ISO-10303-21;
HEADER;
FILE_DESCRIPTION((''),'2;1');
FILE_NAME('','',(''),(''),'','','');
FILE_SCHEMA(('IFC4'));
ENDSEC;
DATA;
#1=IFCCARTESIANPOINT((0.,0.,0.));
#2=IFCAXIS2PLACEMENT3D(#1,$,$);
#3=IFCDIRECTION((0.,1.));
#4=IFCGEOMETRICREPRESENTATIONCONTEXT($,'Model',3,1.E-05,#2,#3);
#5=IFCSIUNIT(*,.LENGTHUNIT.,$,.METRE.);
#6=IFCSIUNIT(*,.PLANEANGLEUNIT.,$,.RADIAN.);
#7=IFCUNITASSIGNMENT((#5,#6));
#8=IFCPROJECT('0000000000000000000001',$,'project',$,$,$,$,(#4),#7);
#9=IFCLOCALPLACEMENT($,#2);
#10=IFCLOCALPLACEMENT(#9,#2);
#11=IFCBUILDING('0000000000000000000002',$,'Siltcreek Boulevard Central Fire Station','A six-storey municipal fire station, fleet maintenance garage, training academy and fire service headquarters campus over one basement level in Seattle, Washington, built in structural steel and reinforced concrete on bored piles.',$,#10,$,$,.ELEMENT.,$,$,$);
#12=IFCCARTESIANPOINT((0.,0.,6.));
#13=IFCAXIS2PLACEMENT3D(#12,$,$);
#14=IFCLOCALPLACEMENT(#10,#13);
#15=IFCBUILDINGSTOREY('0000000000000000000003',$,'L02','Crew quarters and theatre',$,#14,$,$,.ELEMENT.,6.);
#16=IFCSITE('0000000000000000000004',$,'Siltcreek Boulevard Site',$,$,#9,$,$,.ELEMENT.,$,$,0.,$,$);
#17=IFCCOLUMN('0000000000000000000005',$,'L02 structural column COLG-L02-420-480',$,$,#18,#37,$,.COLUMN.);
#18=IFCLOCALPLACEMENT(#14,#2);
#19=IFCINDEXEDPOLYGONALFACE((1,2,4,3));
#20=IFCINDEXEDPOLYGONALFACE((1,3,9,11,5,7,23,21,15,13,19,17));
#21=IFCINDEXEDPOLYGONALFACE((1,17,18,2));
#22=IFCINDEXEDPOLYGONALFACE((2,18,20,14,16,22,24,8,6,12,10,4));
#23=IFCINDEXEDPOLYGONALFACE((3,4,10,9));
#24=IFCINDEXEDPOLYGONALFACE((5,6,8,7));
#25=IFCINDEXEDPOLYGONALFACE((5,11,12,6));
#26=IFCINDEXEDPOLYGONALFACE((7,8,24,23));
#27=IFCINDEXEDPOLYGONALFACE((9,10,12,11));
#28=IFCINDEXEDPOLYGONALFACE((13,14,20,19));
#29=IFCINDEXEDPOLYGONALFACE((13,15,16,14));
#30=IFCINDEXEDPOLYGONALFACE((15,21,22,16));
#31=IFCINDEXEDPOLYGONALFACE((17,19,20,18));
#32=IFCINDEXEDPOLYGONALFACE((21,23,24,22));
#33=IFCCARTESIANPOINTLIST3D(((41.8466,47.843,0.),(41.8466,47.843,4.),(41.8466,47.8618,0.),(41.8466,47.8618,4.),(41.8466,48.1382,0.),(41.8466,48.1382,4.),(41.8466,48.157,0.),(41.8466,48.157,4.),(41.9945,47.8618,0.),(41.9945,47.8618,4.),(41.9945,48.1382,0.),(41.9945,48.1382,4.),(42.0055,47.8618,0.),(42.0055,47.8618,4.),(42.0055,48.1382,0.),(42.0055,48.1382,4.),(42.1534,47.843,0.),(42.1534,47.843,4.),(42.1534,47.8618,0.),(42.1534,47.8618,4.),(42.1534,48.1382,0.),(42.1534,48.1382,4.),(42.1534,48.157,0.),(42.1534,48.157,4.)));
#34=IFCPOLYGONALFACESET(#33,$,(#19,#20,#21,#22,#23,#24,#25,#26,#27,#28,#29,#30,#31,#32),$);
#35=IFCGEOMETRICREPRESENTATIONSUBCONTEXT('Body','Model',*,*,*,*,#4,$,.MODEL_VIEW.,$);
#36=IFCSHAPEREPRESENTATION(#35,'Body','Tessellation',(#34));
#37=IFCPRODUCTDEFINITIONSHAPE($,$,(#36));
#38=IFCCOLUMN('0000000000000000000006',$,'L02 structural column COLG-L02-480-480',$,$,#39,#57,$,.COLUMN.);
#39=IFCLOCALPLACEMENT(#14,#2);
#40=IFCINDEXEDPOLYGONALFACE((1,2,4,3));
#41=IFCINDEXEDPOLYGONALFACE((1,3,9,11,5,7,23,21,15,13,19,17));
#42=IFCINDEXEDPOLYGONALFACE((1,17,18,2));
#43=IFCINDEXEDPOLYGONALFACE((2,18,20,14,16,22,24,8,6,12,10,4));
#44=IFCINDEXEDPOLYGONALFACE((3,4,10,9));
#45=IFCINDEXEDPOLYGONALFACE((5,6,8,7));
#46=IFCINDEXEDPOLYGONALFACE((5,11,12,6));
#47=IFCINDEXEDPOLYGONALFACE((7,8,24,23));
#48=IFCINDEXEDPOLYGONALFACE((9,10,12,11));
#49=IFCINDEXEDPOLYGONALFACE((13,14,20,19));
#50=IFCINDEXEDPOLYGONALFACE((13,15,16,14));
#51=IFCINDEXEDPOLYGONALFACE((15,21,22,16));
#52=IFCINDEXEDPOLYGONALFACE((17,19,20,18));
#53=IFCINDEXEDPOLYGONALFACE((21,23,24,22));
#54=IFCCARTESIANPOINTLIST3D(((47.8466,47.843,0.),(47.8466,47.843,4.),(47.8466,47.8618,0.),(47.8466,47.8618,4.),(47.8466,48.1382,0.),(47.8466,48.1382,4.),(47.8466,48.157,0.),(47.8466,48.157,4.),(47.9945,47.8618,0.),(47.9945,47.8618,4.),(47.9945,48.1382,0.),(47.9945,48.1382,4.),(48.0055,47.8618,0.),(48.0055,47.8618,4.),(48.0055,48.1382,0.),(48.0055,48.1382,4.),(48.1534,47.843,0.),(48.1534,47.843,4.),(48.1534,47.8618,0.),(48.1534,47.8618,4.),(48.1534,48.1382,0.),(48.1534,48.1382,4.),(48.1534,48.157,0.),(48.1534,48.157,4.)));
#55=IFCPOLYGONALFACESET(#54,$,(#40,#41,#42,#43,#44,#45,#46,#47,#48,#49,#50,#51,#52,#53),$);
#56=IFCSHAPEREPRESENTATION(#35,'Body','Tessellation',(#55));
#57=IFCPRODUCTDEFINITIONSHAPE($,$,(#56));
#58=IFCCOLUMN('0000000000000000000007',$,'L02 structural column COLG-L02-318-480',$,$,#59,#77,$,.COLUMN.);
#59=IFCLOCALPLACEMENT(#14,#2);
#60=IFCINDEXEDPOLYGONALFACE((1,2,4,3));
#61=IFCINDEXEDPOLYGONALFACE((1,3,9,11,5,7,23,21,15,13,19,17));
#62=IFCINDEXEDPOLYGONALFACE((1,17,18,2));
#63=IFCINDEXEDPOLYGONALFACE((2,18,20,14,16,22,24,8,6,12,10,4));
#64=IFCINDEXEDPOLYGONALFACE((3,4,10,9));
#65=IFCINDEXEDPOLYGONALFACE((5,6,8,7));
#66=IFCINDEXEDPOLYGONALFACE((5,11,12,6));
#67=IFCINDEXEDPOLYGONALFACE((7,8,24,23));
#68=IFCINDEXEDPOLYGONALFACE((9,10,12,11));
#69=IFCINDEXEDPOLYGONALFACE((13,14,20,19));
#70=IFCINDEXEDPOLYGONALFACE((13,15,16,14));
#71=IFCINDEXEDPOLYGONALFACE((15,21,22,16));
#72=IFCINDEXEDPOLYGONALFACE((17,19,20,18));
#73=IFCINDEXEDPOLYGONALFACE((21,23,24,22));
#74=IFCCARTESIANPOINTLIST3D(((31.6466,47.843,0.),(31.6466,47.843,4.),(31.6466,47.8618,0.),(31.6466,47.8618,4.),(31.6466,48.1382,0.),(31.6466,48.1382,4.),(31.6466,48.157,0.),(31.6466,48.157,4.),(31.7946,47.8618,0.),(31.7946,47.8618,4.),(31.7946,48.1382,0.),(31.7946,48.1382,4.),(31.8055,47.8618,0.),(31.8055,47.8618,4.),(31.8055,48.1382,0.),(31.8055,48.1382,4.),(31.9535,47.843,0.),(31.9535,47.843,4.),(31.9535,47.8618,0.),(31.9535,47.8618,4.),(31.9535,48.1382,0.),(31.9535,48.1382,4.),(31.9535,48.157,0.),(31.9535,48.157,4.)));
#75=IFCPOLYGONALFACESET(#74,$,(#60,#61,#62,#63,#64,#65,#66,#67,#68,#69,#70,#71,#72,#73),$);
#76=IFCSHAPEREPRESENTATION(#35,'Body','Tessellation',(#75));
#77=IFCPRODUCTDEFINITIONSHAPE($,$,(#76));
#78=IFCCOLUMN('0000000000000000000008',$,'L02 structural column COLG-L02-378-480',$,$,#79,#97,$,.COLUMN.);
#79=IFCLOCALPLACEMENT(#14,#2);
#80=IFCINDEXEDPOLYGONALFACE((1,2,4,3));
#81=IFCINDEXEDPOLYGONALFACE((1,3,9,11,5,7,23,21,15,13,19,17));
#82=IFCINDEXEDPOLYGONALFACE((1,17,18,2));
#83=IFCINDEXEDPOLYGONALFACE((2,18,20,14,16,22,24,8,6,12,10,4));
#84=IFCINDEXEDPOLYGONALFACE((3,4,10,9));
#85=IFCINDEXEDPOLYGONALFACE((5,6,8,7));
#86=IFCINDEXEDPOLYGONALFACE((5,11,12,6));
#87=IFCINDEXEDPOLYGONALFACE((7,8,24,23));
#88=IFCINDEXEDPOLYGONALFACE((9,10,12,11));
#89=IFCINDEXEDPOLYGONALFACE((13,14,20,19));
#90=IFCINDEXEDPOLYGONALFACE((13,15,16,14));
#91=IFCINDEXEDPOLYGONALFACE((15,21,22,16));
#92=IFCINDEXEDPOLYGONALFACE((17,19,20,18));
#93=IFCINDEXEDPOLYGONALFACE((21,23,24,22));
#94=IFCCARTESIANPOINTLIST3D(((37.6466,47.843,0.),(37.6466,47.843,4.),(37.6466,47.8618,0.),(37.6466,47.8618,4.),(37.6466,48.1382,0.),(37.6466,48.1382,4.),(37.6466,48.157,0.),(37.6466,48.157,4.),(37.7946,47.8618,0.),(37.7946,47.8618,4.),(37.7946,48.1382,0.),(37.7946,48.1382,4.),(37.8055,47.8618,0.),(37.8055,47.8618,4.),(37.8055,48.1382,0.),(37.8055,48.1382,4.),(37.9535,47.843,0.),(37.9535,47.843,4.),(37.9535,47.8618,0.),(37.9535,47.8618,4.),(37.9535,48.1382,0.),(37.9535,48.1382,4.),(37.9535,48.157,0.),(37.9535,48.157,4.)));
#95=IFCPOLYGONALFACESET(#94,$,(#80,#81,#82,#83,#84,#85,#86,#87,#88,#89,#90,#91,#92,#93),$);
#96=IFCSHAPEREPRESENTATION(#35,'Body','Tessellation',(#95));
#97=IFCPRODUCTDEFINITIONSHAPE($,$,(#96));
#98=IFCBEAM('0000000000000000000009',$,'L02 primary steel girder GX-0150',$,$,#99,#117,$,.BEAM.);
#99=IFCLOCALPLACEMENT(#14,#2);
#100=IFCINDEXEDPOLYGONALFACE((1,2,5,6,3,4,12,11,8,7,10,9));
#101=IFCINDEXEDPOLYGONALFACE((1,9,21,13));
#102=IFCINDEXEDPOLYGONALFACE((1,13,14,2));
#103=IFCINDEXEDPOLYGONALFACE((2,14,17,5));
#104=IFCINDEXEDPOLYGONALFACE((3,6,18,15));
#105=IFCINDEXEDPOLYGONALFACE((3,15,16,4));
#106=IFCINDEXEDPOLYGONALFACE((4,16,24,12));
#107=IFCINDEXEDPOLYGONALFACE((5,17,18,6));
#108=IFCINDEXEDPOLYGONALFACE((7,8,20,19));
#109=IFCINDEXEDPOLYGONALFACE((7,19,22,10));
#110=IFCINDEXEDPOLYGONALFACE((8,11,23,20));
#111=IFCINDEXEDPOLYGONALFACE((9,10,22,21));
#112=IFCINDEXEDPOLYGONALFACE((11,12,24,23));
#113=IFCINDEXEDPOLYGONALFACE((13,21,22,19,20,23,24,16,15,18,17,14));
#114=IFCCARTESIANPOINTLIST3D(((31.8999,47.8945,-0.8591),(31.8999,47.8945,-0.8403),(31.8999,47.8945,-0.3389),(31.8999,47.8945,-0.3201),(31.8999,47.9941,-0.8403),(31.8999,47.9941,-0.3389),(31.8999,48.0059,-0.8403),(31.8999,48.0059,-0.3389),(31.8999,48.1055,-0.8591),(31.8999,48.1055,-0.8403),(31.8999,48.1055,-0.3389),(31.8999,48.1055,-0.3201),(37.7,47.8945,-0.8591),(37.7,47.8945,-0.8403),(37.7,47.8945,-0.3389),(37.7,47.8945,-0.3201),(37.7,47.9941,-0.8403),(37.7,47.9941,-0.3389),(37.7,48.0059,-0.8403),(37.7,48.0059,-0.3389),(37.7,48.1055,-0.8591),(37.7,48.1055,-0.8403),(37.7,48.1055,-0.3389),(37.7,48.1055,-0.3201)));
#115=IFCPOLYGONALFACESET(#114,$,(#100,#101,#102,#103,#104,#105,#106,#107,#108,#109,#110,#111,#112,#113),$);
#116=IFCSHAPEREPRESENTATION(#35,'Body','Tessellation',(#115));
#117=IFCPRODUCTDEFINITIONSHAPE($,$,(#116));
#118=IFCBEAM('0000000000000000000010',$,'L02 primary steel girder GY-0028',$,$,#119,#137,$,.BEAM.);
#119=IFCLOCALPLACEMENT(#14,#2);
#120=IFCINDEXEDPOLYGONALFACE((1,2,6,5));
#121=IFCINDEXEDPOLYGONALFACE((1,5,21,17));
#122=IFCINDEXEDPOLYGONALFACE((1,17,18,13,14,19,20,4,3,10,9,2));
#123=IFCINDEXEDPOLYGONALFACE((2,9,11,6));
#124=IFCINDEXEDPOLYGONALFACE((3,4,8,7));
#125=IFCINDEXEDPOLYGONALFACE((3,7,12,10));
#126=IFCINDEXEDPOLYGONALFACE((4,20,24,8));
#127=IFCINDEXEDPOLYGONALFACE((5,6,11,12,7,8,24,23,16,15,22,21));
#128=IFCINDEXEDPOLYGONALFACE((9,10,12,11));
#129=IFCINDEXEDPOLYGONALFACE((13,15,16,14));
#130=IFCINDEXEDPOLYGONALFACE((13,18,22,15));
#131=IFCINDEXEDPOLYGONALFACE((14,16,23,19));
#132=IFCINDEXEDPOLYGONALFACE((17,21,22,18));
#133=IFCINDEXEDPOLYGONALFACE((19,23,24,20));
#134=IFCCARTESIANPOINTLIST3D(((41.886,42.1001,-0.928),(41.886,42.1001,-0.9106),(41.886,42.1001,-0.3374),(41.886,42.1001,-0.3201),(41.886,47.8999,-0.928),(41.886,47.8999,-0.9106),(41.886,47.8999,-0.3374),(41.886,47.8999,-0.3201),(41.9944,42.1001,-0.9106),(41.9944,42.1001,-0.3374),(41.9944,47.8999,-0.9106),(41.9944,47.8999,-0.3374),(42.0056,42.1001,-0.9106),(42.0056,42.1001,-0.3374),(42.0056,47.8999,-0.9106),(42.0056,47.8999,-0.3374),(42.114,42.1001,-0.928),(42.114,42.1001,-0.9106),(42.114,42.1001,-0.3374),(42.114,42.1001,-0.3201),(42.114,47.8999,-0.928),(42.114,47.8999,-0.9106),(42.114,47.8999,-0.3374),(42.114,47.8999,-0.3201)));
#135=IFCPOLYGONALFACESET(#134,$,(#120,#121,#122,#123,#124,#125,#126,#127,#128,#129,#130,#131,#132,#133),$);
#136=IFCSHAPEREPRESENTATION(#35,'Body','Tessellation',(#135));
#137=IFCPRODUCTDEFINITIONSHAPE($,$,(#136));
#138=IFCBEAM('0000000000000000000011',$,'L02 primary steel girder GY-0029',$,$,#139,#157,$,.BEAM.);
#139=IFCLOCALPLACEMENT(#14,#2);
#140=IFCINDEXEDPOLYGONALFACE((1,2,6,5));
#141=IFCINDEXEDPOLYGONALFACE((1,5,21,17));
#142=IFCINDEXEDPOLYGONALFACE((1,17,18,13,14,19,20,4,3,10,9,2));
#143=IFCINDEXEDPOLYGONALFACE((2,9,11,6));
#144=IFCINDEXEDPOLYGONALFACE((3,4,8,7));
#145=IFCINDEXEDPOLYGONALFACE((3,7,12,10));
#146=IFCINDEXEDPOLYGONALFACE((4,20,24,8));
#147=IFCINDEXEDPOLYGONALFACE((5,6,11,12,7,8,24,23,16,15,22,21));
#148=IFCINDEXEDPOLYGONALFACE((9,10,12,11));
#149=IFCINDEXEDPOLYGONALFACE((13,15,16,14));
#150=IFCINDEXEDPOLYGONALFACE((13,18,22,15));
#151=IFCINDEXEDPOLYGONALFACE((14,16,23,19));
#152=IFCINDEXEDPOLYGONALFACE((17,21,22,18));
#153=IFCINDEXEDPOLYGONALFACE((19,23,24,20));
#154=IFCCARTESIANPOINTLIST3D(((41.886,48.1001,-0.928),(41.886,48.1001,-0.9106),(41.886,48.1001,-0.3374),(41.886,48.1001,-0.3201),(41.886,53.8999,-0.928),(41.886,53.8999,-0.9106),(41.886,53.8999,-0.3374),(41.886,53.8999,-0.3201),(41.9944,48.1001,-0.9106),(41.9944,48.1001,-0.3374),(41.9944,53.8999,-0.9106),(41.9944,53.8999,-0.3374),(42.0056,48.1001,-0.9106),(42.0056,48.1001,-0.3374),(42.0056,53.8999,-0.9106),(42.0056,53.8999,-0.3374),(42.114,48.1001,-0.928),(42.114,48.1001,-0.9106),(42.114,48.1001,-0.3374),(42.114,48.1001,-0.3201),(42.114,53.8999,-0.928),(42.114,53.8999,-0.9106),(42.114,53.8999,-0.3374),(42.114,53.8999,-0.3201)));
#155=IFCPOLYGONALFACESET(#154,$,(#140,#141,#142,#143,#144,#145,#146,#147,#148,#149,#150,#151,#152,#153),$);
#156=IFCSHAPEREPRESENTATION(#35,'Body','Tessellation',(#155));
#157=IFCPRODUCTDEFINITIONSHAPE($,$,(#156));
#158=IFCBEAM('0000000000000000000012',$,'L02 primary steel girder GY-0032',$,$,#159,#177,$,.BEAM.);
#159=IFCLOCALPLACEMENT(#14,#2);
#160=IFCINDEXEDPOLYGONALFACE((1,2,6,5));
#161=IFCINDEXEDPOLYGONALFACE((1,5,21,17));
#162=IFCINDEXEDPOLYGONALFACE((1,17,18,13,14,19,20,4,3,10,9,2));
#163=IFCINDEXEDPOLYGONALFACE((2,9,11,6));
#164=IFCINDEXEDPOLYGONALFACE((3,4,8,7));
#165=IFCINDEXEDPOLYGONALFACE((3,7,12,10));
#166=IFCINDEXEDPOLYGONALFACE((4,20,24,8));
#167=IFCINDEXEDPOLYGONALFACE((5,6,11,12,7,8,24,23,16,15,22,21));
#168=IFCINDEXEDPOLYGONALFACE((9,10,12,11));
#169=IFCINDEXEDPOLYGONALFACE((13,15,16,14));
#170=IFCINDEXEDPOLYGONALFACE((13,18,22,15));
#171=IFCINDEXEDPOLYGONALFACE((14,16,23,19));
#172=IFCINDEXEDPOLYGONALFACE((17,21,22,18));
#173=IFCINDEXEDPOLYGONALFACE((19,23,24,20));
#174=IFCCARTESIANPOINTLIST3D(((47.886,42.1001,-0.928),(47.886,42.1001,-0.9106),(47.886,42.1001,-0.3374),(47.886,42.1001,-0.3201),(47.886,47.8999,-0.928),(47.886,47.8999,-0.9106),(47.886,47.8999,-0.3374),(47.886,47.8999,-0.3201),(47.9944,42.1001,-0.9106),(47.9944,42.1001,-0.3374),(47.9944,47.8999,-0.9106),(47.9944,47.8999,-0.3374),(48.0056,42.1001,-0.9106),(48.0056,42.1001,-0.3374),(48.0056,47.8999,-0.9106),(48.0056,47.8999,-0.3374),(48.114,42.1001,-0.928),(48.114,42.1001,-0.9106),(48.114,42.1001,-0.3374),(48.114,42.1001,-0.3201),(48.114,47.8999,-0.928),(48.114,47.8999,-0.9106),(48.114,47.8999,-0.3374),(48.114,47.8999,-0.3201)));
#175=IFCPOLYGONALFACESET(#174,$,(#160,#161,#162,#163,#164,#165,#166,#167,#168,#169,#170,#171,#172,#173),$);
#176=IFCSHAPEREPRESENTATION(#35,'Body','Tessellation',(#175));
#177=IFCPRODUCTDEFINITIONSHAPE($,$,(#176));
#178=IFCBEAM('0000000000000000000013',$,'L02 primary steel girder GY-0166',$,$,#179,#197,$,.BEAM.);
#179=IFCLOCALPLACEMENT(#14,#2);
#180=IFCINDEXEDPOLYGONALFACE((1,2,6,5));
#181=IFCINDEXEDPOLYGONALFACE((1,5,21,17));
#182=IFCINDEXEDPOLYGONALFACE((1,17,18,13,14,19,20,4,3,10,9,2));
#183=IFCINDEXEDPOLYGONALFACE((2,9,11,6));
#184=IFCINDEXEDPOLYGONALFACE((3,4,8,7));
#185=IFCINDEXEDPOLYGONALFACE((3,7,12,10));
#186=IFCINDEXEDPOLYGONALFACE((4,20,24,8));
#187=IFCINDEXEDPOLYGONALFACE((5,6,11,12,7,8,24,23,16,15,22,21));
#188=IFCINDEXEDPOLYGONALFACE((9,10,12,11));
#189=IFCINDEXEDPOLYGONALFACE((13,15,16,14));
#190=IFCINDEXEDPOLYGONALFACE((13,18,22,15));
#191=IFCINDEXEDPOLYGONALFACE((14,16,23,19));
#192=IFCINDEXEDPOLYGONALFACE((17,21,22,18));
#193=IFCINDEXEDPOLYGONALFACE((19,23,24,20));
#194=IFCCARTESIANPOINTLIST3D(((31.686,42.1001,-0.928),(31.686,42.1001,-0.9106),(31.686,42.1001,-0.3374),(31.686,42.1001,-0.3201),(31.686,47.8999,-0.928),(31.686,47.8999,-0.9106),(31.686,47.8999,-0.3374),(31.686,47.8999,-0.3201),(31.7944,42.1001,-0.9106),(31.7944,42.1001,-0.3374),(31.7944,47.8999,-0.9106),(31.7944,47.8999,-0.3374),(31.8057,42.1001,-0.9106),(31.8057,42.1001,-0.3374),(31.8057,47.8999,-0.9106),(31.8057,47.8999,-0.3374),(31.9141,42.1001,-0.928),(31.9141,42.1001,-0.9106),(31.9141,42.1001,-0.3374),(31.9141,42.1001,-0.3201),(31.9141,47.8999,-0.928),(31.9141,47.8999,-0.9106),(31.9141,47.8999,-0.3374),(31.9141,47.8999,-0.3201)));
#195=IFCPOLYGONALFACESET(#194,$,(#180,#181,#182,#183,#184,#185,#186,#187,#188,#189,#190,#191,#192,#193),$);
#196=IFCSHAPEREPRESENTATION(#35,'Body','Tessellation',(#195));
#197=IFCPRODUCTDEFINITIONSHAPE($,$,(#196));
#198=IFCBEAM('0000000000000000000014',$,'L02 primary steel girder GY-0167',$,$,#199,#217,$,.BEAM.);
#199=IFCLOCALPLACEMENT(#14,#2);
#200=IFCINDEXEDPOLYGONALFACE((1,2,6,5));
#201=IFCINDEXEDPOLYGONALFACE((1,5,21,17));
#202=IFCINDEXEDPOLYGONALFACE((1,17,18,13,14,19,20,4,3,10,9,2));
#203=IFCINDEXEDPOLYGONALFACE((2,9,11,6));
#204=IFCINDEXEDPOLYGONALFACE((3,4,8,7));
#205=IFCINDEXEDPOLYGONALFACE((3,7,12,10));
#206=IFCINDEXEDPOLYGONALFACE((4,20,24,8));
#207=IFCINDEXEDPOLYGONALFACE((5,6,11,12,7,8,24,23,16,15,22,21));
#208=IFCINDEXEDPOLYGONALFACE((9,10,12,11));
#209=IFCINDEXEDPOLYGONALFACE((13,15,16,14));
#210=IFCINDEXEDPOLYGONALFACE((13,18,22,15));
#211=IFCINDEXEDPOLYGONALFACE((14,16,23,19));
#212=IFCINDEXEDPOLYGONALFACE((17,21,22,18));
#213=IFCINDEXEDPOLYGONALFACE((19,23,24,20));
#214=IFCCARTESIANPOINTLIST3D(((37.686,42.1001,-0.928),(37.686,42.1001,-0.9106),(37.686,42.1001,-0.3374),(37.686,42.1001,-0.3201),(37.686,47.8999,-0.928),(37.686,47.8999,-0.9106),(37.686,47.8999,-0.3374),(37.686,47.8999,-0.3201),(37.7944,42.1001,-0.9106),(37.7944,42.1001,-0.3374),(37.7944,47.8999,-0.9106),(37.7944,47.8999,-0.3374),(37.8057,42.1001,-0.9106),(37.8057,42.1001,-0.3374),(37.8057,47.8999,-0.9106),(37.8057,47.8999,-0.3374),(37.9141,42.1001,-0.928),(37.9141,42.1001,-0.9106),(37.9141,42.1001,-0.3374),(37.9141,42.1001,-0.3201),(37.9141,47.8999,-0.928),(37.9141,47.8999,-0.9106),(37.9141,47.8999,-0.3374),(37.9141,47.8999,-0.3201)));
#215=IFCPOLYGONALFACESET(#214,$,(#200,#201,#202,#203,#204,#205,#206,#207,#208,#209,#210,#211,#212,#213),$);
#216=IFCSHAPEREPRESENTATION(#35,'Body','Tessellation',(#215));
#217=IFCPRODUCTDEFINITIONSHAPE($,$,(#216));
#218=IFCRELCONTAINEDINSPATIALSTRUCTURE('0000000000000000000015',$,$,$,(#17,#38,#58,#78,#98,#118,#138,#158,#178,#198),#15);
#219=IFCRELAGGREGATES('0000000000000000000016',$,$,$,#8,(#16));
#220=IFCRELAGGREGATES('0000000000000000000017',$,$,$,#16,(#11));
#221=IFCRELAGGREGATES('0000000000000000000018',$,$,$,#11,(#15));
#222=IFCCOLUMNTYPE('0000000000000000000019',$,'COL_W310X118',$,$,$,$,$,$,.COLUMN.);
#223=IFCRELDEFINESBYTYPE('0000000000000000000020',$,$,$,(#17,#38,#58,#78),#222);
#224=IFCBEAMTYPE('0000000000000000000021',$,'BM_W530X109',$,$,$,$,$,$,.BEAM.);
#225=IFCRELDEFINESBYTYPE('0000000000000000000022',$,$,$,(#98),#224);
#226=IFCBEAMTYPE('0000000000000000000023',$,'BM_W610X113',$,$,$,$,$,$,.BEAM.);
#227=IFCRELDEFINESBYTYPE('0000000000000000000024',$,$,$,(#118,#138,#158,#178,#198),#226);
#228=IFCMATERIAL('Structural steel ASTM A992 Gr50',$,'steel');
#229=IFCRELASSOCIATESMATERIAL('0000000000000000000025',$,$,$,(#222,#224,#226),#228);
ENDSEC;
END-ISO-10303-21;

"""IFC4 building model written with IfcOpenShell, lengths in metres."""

from ifc_helpers import new_model, si_unit, direction, frame, origin, origin_2d, place, context, subcontext, project, spatial, i_section, extrude, material, material_profile, profile_set, type_object, element, save


model = new_model("IFC4")

# Units and contexts
model_context = context("Model", 3, precision=1e-05, world=origin(), true_north=direction((0.0, 1.0)))
body_context = subcontext(model_context, "Body", "Model", "MODEL_VIEW")
ifc_project = project(units=[si_unit("LENGTHUNIT", "METRE"), si_unit("PLANEANGLEUNIT", "RADIAN")], contexts=[model_context])

# Site, building, storey
site_placement = place(None, origin())
site = spatial("IfcSite", under=ifc_project, at=site_placement, Name="Siltcreek Boulevard Site", CompositionType="ELEMENT", RefElevation=0.0)
building_placement = place(site_placement, origin())
building = spatial("IfcBuilding", under=site, at=building_placement, Name="Siltcreek Boulevard Central Fire Station", Description="A six-storey municipal fire station, fleet maintenance garage, training academy and fire service headquarters campus over one basement level in Seattle, Washington, built in structural steel and reinforced concrete on bored piles.", CompositionType="ELEMENT")
storey_placement = place(building_placement, frame((0.0, 0.0, 6.0)))
storey = spatial("IfcBuildingStorey", under=building, at=storey_placement, Name="L02", Description="Crew quarters and theatre", CompositionType="ELEMENT", Elevation=6.0)

# Columns
ifc_material_1 = material(Name="Structural steel ASTM A992 Gr50", Category="steel")
ifc_material_profile_1 = material_profile(ifc_material_1, i_section(OverallWidth=0.3069, OverallDepth=0.314, WebThickness=0.011, FlangeThickness=0.0188, at=origin_2d()), Name="W310X118")
ifc_profile_set_1 = profile_set([ifc_material_profile_1], Name="Structural steel ASTM A992 Gr50")
column_type = type_object("IfcColumnType", Name="COL_W310X118", PredefinedType="COLUMN", material=ifc_profile_set_1)
for number, where, z_axis, x_axis, name in (
    (1, (42.0, 48.0, 0.0), (0.0, 0.0, 1.0), (1.0, 0.0, 0.0), "L02 structural column COLG-L02-420-480"),
    (2, (48.0, 48.0, 0.0), (0.0, 0.0, 1.0), (1.0, 0.0, 0.0), "L02 structural column COLG-L02-480-480"),
    (3, (31.8, 48.0, 0.0), (0.0, 0.0, 1.0), (1.0, 0.0, 0.0), "L02 structural column COLG-L02-318-480"),
    (4, (37.8, 48.0, 0.0), (0.0, 0.0, 1.0), (1.0, 0.0, 0.0), "L02 structural column COLG-L02-378-480"),
):
    element("IfcColumn", number, at=place(storey_placement, frame(where, z_axis=z_axis, x_axis=x_axis)), inside=storey, type_object=column_type, Name=name, PredefinedType="COLUMN", context=body_context, shape_type="SweptSolid", body=[
        extrude(i_section(OverallWidth=0.3069, OverallDepth=0.314, WebThickness=0.011, FlangeThickness=0.0188, at=origin_2d()), origin(), (0.0, 0.0, 1.0), 4.0),
    ])

# Beams
ifc_material_profile_2 = material_profile(ifc_material_1, i_section(OverallWidth=0.2109, OverallDepth=0.5391, WebThickness=0.0117, FlangeThickness=0.0188, at=origin_2d()), Name="W530X109")
ifc_profile_set_2 = profile_set([ifc_material_profile_2], Name="Structural steel ASTM A992 Gr50")
beam_type_1 = type_object("IfcBeamType", Name="BM_W530X109", PredefinedType="BEAM", material=ifc_profile_set_2)
beam_1_placement = place(storey_placement, frame((31.8999, 48.0, -0.5896), z_axis=(1.0, 0.0, 0.0), x_axis=(0.0, 1.0, 0.0)))
element("IfcBeam", 5, at=beam_1_placement, inside=storey, type_object=beam_type_1, Name="L02 primary steel girder GX-0150", PredefinedType="BEAM", context=body_context, shape_type="SweptSolid", body=[
    extrude(i_section(OverallWidth=0.2109, OverallDepth=0.5391, WebThickness=0.0117, FlangeThickness=0.0188, at=origin_2d()), origin(), (0.0, 0.0, 1.0), 5.8),
])
ifc_material_profile_3 = material_profile(ifc_material_1, i_section(OverallWidth=0.228, OverallDepth=0.6079, WebThickness=0.0112, FlangeThickness=0.0173, at=origin_2d()), Name="W610X113")
ifc_profile_set_3 = profile_set([ifc_material_profile_3], Name="Structural steel ASTM A992 Gr50")
beam_type_2 = type_object("IfcBeamType", Name="BM_W610X113", PredefinedType="BEAM", material=ifc_profile_set_3)
for number, where, z_axis, x_axis, name in (
    (6, (42.0, 42.1001, -0.624), (0.0, 1.0, 0.0), (-1.0, 0.0, 0.0), "L02 primary steel girder GY-0028"),
    (7, (42.0, 48.1001, -0.624), (0.0, 1.0, 0.0), (-1.0, 0.0, 0.0), "L02 primary steel girder GY-0029"),
    (8, (48.0, 42.1001, -0.624), (0.0, 1.0, 0.0), (-1.0, 0.0, 0.0), "L02 primary steel girder GY-0032"),
    (9, (31.8, 42.1001, -0.624), (0.0, 1.0, 0.0), (-1.0, 0.0, 0.0), "L02 primary steel girder GY-0166"),
    (10, (37.8, 42.1001, -0.624), (0.0, 1.0, 0.0), (-1.0, 0.0, 0.0), "L02 primary steel girder GY-0167"),
):
    element("IfcBeam", number, at=place(storey_placement, frame(where, z_axis=z_axis, x_axis=x_axis)), inside=storey, type_object=beam_type_2, Name=name, PredefinedType="BEAM", context=body_context, shape_type="SweptSolid", body=[
        extrude(i_section(OverallWidth=0.228, OverallDepth=0.6079, WebThickness=0.0112, FlangeThickness=0.0173, at=origin_2d()), origin(), (0.0, 0.0, 1.0), 5.7998),
    ])

save(model, "model.ifc")
